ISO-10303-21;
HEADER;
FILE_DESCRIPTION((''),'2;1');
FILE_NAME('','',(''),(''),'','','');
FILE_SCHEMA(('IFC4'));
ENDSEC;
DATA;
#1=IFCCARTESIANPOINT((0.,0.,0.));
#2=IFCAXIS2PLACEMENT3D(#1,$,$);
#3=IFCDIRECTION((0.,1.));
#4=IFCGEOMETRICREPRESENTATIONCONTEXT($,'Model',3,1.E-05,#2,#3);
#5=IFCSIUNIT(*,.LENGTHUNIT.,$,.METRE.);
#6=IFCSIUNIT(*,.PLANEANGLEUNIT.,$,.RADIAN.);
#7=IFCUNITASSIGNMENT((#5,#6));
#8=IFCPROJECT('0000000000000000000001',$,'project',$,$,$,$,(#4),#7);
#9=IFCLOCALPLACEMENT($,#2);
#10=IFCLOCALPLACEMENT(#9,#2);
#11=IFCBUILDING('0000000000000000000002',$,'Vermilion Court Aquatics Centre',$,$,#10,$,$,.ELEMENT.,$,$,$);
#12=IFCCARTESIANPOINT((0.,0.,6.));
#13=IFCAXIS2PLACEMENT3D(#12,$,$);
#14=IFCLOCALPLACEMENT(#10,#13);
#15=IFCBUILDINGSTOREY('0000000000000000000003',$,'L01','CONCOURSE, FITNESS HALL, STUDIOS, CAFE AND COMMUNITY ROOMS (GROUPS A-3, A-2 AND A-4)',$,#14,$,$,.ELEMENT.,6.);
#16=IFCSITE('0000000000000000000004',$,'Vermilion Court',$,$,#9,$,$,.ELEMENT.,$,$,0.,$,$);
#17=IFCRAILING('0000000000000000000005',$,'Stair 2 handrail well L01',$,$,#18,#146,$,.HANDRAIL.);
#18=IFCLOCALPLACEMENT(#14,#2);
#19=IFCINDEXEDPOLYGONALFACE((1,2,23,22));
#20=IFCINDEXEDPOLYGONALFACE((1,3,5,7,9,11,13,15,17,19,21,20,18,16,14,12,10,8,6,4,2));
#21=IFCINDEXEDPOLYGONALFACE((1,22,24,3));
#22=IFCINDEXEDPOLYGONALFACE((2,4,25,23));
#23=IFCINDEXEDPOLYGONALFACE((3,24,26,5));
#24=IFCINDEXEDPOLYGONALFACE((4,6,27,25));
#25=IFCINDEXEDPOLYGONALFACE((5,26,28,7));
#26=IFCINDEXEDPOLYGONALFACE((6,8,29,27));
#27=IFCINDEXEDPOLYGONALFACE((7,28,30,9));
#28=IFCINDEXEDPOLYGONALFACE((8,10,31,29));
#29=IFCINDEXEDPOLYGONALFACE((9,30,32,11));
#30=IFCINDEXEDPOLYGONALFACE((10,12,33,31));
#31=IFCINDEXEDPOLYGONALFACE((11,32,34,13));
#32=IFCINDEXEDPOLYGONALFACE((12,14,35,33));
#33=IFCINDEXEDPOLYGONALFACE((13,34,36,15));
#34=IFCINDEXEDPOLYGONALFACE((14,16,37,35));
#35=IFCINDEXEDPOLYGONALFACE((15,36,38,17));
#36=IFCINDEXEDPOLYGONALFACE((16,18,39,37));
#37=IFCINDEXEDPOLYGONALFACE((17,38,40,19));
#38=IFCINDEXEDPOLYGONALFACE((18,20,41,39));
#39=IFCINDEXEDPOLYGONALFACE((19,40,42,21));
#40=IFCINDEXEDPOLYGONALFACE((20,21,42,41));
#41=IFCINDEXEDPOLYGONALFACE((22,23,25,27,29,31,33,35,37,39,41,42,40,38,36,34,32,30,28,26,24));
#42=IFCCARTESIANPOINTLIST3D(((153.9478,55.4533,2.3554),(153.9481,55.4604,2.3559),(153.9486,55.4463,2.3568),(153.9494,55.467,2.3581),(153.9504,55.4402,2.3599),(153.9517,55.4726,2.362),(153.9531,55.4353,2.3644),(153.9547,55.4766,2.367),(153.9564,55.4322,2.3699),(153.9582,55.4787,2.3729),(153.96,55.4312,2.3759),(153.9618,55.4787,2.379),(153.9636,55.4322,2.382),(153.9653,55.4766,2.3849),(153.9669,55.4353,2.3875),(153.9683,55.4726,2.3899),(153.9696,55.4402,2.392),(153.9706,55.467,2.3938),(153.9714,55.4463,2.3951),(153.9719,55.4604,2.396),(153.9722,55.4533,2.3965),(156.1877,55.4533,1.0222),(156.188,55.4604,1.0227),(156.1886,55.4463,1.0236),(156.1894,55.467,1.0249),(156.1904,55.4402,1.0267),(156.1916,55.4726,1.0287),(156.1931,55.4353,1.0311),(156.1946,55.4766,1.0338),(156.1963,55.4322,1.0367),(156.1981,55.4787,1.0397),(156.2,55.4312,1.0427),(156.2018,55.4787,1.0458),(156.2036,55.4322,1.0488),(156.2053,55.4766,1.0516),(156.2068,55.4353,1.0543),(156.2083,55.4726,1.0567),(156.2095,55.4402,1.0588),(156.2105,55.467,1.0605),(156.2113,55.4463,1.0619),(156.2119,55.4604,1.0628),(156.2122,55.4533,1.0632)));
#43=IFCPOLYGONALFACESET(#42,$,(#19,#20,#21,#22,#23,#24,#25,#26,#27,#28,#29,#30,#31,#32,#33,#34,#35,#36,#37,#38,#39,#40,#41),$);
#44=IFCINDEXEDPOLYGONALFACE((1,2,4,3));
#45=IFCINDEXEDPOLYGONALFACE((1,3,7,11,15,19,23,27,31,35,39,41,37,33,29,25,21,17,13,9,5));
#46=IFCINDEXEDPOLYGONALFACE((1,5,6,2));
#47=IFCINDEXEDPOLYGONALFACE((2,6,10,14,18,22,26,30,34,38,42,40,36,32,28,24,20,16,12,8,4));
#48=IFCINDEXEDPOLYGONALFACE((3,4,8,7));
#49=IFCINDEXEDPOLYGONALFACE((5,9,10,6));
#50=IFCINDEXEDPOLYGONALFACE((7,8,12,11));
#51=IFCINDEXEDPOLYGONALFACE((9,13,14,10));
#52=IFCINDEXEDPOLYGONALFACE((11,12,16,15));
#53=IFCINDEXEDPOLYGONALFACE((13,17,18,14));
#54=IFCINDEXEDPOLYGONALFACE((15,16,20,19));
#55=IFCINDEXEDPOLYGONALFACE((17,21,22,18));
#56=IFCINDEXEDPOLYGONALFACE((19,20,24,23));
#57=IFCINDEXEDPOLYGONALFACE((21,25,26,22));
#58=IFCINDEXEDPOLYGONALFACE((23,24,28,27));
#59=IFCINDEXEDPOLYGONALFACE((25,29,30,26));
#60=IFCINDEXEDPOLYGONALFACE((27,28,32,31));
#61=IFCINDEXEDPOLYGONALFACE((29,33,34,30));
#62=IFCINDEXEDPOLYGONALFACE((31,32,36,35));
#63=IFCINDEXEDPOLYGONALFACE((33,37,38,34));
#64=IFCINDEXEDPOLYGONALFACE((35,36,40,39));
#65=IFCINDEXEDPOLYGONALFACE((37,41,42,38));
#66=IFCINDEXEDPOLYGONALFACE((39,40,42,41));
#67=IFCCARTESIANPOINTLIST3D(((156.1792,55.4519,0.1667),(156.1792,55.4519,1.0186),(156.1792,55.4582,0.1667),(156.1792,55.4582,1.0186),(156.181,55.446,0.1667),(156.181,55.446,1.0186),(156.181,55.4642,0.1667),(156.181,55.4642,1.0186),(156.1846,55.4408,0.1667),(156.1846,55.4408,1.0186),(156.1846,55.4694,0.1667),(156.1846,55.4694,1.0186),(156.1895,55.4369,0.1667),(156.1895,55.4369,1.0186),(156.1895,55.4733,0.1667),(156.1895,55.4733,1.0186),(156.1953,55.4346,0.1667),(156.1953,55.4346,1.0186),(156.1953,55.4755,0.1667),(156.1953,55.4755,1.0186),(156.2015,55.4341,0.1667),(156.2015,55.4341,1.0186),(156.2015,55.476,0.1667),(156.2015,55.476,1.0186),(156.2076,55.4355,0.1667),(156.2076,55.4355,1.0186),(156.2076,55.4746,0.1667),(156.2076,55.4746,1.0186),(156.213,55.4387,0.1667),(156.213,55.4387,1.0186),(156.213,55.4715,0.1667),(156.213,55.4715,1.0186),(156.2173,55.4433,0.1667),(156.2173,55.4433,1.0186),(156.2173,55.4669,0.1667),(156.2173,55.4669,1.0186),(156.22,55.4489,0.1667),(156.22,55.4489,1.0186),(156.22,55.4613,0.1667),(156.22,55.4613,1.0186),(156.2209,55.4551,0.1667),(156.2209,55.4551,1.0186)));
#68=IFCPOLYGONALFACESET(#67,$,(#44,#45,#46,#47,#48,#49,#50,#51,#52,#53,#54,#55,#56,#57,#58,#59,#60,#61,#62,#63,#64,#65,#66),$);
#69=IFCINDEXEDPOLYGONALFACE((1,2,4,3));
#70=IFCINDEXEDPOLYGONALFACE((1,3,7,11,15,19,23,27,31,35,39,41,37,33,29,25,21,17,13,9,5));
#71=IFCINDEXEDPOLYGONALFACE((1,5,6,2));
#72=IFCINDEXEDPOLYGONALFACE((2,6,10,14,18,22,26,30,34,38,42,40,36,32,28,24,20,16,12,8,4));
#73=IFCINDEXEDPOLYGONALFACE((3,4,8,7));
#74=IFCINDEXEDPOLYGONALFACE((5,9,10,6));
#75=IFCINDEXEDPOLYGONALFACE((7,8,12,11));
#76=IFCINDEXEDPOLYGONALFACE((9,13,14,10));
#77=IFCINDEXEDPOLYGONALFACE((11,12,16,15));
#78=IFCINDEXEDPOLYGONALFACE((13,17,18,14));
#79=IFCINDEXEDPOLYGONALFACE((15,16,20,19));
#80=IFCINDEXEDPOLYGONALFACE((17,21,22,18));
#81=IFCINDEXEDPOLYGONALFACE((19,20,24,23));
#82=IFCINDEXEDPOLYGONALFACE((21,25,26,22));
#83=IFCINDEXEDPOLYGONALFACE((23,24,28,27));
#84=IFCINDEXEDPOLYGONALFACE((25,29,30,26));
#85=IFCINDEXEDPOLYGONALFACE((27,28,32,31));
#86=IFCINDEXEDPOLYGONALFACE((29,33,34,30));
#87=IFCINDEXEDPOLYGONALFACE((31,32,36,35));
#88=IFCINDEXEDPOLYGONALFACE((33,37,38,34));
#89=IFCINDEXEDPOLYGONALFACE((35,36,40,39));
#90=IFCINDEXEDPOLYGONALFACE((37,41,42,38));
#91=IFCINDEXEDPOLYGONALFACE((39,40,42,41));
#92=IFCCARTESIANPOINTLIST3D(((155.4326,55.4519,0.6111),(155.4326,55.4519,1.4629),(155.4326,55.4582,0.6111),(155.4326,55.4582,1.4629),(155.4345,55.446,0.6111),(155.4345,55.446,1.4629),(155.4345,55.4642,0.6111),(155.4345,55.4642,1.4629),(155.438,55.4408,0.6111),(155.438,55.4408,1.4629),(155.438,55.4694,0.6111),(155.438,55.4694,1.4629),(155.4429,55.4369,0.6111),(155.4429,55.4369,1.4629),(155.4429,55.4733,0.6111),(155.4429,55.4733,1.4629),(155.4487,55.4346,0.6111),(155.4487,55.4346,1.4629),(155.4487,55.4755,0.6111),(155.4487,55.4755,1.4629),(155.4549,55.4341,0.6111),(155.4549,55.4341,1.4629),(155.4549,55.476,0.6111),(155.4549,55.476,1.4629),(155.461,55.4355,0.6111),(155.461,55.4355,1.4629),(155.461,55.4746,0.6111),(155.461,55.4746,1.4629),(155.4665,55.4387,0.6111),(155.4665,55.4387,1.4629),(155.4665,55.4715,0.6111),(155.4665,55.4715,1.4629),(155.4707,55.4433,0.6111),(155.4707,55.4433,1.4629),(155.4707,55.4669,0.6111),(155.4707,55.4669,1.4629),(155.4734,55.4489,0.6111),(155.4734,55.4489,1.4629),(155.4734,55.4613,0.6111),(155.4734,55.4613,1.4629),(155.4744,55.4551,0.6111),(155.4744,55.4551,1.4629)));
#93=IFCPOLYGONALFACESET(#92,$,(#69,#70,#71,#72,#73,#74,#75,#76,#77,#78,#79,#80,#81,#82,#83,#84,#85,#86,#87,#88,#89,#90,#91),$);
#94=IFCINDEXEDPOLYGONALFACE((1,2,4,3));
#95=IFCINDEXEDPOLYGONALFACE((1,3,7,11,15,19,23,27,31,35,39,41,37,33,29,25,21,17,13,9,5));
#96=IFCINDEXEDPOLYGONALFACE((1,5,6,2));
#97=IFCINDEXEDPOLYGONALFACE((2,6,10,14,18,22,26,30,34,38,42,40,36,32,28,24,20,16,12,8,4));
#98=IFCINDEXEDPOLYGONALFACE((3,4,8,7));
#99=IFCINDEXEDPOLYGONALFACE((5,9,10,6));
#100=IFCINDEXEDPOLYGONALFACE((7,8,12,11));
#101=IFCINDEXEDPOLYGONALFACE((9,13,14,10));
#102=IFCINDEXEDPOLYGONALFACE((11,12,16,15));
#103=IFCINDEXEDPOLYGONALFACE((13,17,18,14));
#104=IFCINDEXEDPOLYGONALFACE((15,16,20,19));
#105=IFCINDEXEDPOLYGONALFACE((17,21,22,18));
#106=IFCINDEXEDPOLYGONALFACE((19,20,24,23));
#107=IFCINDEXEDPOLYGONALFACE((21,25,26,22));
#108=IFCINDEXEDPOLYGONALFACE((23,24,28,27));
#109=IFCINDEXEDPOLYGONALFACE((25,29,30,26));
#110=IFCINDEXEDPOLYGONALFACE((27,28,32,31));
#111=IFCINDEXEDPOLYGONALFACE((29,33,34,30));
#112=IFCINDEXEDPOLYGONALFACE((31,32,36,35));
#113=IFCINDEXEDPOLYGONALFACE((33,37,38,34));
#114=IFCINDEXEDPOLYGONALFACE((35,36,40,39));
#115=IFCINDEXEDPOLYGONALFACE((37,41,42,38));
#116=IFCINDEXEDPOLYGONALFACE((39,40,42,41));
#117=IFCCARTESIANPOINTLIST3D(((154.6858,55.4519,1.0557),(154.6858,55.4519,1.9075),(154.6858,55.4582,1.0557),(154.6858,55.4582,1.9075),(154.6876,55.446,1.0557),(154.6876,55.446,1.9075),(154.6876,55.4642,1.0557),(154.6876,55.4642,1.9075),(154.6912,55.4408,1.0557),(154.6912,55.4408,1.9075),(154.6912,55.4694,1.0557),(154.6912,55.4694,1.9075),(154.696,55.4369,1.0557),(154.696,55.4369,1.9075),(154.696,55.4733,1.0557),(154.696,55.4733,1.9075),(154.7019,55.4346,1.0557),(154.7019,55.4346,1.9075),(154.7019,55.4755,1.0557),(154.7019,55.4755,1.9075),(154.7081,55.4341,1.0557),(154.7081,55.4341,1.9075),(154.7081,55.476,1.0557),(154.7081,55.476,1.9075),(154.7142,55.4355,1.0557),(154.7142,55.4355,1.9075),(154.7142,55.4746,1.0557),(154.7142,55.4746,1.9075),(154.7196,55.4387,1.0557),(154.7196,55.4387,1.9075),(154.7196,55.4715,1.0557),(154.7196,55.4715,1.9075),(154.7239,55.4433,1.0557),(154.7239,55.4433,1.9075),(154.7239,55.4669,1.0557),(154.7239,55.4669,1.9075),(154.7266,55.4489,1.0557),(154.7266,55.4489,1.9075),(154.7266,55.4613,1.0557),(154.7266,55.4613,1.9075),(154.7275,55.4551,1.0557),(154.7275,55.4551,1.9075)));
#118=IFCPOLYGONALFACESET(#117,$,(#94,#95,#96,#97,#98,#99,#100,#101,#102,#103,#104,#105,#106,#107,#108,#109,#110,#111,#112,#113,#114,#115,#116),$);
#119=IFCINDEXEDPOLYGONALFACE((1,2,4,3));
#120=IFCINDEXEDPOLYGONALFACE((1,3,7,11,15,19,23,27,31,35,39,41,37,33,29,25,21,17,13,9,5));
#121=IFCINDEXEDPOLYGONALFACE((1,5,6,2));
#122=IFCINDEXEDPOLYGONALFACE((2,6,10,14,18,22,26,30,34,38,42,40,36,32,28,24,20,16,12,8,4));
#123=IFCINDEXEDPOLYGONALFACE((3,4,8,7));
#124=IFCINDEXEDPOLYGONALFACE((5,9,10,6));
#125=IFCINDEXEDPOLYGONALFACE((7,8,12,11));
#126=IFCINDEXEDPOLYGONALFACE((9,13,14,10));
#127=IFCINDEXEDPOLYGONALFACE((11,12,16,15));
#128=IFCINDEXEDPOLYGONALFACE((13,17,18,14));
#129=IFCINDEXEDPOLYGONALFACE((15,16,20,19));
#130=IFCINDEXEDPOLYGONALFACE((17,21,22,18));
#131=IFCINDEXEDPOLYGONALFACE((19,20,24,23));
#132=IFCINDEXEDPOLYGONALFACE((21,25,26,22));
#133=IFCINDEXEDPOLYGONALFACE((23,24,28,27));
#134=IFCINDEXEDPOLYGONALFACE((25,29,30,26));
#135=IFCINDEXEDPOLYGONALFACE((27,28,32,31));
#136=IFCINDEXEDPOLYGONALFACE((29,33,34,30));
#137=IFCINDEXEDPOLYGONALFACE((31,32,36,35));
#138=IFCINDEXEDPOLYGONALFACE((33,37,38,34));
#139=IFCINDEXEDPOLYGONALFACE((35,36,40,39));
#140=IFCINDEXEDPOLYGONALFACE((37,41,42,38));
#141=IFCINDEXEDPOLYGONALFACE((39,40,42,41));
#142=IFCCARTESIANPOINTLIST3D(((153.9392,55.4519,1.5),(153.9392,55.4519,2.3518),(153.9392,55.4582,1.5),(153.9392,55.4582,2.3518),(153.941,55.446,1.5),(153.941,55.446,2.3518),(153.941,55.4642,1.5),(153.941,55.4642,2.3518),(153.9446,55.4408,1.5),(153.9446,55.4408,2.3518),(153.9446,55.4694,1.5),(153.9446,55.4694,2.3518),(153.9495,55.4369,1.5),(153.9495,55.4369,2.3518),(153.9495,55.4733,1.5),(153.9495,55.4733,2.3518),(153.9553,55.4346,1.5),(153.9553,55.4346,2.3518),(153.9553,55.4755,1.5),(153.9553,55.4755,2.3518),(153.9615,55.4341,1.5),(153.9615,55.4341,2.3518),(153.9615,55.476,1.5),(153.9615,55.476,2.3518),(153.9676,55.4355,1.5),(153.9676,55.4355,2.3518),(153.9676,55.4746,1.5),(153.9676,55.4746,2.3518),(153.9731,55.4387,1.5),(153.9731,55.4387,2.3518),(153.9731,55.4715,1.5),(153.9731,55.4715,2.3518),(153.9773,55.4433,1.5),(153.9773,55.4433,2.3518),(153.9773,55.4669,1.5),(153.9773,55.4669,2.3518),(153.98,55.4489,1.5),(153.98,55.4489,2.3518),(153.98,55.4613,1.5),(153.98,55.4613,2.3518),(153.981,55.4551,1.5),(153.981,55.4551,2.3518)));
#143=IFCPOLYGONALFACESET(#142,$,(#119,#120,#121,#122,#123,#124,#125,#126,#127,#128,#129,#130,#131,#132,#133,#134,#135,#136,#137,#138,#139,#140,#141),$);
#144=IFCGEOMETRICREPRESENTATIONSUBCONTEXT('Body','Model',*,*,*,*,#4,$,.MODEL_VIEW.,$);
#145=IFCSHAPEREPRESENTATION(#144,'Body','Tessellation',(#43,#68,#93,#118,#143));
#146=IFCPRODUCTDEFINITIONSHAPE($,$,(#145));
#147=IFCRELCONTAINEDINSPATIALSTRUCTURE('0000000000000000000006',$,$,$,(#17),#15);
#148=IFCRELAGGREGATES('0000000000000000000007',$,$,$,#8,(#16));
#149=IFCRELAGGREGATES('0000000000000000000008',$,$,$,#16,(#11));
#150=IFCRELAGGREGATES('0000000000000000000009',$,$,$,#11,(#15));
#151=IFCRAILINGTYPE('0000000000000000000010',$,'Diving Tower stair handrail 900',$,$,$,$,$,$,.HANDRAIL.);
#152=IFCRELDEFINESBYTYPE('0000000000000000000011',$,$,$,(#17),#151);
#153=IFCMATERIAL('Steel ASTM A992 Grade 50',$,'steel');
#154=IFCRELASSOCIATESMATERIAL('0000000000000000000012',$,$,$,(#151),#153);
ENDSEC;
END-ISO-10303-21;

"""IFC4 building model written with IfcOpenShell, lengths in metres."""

from ifc_helpers import new_model, si_unit, direction, frame, origin, origin_2d, place, context, subcontext, project, spatial, circle, extrude, material, type_object, element, save


model = new_model("IFC4")

# Units and contexts
model_context = context("Model", 3, precision=1e-05, world=origin(), true_north=direction((0.0, 1.0)))
body_context = subcontext(model_context, "Body", "Model", "MODEL_VIEW")
ifc_project = project(units=[si_unit("LENGTHUNIT", "METRE"), si_unit("PLANEANGLEUNIT", "RADIAN")], contexts=[model_context])

# Site, building, storey
site_placement = place(None, origin())
site = spatial("IfcSite", under=ifc_project, at=site_placement, Name="Vermilion Court", CompositionType="ELEMENT", RefElevation=0.0)
building_placement = place(site_placement, origin())
building = spatial("IfcBuilding", under=site, at=building_placement, Name="Vermilion Court Aquatics Centre", CompositionType="ELEMENT")
storey_placement = place(building_placement, frame((0.0, 0.0, 6.0)))
storey = spatial("IfcBuildingStorey", under=building, at=storey_placement, Name="L01", Description="CONCOURSE, FITNESS HALL, STUDIOS, CAFE AND COMMUNITY ROOMS (GROUPS A-3, A-2 AND A-4)", CompositionType="ELEMENT", Elevation=6.0)

# Railing
ifc_material_1 = material(Name="Steel ASTM A992 Grade 50", Category="steel")
railing_type = type_object("IfcRailingType", Name="Diving Tower stair handrail 900", PredefinedType="HANDRAIL", material=ifc_material_1)
railing_placement = place(storey_placement, frame((156.2, 55.4551, 0.1667)))
element("IfcRailing", 1, at=railing_placement, inside=storey, type_object=railing_type, Name="Stair 2 handrail well L01", PredefinedType="HANDRAIL", context=body_context, shape_type="SweptSolid", body=[
    extrude(circle(Radius=0.0239, at=origin_2d()), frame((0.0, 0.0, 0.876), z_axis=(-0.859306, 0.0, 0.511462), x_axis=(0.0, -1.0, 0.0)), (0.0, 0.0, 1.0), 2.6067),
    extrude(circle(Radius=0.021, at=origin_2d()), origin(), (0.0, 0.0, 1.0), 0.8518),
    extrude(circle(Radius=0.021, at=origin_2d()), frame((-0.7466, 0.0, 0.4443)), (0.0, 0.0, 1.0), 0.8518),
    extrude(circle(Radius=0.021, at=origin_2d()), frame((-1.4934, 0.0, 0.8889)), (0.0, 0.0, 1.0), 0.8518),
    extrude(circle(Radius=0.021, at=origin_2d()), frame((-2.24, 0.0, 1.3333)), (0.0, 0.0, 1.0), 0.8518),
])

save(model, "model.ifc")
